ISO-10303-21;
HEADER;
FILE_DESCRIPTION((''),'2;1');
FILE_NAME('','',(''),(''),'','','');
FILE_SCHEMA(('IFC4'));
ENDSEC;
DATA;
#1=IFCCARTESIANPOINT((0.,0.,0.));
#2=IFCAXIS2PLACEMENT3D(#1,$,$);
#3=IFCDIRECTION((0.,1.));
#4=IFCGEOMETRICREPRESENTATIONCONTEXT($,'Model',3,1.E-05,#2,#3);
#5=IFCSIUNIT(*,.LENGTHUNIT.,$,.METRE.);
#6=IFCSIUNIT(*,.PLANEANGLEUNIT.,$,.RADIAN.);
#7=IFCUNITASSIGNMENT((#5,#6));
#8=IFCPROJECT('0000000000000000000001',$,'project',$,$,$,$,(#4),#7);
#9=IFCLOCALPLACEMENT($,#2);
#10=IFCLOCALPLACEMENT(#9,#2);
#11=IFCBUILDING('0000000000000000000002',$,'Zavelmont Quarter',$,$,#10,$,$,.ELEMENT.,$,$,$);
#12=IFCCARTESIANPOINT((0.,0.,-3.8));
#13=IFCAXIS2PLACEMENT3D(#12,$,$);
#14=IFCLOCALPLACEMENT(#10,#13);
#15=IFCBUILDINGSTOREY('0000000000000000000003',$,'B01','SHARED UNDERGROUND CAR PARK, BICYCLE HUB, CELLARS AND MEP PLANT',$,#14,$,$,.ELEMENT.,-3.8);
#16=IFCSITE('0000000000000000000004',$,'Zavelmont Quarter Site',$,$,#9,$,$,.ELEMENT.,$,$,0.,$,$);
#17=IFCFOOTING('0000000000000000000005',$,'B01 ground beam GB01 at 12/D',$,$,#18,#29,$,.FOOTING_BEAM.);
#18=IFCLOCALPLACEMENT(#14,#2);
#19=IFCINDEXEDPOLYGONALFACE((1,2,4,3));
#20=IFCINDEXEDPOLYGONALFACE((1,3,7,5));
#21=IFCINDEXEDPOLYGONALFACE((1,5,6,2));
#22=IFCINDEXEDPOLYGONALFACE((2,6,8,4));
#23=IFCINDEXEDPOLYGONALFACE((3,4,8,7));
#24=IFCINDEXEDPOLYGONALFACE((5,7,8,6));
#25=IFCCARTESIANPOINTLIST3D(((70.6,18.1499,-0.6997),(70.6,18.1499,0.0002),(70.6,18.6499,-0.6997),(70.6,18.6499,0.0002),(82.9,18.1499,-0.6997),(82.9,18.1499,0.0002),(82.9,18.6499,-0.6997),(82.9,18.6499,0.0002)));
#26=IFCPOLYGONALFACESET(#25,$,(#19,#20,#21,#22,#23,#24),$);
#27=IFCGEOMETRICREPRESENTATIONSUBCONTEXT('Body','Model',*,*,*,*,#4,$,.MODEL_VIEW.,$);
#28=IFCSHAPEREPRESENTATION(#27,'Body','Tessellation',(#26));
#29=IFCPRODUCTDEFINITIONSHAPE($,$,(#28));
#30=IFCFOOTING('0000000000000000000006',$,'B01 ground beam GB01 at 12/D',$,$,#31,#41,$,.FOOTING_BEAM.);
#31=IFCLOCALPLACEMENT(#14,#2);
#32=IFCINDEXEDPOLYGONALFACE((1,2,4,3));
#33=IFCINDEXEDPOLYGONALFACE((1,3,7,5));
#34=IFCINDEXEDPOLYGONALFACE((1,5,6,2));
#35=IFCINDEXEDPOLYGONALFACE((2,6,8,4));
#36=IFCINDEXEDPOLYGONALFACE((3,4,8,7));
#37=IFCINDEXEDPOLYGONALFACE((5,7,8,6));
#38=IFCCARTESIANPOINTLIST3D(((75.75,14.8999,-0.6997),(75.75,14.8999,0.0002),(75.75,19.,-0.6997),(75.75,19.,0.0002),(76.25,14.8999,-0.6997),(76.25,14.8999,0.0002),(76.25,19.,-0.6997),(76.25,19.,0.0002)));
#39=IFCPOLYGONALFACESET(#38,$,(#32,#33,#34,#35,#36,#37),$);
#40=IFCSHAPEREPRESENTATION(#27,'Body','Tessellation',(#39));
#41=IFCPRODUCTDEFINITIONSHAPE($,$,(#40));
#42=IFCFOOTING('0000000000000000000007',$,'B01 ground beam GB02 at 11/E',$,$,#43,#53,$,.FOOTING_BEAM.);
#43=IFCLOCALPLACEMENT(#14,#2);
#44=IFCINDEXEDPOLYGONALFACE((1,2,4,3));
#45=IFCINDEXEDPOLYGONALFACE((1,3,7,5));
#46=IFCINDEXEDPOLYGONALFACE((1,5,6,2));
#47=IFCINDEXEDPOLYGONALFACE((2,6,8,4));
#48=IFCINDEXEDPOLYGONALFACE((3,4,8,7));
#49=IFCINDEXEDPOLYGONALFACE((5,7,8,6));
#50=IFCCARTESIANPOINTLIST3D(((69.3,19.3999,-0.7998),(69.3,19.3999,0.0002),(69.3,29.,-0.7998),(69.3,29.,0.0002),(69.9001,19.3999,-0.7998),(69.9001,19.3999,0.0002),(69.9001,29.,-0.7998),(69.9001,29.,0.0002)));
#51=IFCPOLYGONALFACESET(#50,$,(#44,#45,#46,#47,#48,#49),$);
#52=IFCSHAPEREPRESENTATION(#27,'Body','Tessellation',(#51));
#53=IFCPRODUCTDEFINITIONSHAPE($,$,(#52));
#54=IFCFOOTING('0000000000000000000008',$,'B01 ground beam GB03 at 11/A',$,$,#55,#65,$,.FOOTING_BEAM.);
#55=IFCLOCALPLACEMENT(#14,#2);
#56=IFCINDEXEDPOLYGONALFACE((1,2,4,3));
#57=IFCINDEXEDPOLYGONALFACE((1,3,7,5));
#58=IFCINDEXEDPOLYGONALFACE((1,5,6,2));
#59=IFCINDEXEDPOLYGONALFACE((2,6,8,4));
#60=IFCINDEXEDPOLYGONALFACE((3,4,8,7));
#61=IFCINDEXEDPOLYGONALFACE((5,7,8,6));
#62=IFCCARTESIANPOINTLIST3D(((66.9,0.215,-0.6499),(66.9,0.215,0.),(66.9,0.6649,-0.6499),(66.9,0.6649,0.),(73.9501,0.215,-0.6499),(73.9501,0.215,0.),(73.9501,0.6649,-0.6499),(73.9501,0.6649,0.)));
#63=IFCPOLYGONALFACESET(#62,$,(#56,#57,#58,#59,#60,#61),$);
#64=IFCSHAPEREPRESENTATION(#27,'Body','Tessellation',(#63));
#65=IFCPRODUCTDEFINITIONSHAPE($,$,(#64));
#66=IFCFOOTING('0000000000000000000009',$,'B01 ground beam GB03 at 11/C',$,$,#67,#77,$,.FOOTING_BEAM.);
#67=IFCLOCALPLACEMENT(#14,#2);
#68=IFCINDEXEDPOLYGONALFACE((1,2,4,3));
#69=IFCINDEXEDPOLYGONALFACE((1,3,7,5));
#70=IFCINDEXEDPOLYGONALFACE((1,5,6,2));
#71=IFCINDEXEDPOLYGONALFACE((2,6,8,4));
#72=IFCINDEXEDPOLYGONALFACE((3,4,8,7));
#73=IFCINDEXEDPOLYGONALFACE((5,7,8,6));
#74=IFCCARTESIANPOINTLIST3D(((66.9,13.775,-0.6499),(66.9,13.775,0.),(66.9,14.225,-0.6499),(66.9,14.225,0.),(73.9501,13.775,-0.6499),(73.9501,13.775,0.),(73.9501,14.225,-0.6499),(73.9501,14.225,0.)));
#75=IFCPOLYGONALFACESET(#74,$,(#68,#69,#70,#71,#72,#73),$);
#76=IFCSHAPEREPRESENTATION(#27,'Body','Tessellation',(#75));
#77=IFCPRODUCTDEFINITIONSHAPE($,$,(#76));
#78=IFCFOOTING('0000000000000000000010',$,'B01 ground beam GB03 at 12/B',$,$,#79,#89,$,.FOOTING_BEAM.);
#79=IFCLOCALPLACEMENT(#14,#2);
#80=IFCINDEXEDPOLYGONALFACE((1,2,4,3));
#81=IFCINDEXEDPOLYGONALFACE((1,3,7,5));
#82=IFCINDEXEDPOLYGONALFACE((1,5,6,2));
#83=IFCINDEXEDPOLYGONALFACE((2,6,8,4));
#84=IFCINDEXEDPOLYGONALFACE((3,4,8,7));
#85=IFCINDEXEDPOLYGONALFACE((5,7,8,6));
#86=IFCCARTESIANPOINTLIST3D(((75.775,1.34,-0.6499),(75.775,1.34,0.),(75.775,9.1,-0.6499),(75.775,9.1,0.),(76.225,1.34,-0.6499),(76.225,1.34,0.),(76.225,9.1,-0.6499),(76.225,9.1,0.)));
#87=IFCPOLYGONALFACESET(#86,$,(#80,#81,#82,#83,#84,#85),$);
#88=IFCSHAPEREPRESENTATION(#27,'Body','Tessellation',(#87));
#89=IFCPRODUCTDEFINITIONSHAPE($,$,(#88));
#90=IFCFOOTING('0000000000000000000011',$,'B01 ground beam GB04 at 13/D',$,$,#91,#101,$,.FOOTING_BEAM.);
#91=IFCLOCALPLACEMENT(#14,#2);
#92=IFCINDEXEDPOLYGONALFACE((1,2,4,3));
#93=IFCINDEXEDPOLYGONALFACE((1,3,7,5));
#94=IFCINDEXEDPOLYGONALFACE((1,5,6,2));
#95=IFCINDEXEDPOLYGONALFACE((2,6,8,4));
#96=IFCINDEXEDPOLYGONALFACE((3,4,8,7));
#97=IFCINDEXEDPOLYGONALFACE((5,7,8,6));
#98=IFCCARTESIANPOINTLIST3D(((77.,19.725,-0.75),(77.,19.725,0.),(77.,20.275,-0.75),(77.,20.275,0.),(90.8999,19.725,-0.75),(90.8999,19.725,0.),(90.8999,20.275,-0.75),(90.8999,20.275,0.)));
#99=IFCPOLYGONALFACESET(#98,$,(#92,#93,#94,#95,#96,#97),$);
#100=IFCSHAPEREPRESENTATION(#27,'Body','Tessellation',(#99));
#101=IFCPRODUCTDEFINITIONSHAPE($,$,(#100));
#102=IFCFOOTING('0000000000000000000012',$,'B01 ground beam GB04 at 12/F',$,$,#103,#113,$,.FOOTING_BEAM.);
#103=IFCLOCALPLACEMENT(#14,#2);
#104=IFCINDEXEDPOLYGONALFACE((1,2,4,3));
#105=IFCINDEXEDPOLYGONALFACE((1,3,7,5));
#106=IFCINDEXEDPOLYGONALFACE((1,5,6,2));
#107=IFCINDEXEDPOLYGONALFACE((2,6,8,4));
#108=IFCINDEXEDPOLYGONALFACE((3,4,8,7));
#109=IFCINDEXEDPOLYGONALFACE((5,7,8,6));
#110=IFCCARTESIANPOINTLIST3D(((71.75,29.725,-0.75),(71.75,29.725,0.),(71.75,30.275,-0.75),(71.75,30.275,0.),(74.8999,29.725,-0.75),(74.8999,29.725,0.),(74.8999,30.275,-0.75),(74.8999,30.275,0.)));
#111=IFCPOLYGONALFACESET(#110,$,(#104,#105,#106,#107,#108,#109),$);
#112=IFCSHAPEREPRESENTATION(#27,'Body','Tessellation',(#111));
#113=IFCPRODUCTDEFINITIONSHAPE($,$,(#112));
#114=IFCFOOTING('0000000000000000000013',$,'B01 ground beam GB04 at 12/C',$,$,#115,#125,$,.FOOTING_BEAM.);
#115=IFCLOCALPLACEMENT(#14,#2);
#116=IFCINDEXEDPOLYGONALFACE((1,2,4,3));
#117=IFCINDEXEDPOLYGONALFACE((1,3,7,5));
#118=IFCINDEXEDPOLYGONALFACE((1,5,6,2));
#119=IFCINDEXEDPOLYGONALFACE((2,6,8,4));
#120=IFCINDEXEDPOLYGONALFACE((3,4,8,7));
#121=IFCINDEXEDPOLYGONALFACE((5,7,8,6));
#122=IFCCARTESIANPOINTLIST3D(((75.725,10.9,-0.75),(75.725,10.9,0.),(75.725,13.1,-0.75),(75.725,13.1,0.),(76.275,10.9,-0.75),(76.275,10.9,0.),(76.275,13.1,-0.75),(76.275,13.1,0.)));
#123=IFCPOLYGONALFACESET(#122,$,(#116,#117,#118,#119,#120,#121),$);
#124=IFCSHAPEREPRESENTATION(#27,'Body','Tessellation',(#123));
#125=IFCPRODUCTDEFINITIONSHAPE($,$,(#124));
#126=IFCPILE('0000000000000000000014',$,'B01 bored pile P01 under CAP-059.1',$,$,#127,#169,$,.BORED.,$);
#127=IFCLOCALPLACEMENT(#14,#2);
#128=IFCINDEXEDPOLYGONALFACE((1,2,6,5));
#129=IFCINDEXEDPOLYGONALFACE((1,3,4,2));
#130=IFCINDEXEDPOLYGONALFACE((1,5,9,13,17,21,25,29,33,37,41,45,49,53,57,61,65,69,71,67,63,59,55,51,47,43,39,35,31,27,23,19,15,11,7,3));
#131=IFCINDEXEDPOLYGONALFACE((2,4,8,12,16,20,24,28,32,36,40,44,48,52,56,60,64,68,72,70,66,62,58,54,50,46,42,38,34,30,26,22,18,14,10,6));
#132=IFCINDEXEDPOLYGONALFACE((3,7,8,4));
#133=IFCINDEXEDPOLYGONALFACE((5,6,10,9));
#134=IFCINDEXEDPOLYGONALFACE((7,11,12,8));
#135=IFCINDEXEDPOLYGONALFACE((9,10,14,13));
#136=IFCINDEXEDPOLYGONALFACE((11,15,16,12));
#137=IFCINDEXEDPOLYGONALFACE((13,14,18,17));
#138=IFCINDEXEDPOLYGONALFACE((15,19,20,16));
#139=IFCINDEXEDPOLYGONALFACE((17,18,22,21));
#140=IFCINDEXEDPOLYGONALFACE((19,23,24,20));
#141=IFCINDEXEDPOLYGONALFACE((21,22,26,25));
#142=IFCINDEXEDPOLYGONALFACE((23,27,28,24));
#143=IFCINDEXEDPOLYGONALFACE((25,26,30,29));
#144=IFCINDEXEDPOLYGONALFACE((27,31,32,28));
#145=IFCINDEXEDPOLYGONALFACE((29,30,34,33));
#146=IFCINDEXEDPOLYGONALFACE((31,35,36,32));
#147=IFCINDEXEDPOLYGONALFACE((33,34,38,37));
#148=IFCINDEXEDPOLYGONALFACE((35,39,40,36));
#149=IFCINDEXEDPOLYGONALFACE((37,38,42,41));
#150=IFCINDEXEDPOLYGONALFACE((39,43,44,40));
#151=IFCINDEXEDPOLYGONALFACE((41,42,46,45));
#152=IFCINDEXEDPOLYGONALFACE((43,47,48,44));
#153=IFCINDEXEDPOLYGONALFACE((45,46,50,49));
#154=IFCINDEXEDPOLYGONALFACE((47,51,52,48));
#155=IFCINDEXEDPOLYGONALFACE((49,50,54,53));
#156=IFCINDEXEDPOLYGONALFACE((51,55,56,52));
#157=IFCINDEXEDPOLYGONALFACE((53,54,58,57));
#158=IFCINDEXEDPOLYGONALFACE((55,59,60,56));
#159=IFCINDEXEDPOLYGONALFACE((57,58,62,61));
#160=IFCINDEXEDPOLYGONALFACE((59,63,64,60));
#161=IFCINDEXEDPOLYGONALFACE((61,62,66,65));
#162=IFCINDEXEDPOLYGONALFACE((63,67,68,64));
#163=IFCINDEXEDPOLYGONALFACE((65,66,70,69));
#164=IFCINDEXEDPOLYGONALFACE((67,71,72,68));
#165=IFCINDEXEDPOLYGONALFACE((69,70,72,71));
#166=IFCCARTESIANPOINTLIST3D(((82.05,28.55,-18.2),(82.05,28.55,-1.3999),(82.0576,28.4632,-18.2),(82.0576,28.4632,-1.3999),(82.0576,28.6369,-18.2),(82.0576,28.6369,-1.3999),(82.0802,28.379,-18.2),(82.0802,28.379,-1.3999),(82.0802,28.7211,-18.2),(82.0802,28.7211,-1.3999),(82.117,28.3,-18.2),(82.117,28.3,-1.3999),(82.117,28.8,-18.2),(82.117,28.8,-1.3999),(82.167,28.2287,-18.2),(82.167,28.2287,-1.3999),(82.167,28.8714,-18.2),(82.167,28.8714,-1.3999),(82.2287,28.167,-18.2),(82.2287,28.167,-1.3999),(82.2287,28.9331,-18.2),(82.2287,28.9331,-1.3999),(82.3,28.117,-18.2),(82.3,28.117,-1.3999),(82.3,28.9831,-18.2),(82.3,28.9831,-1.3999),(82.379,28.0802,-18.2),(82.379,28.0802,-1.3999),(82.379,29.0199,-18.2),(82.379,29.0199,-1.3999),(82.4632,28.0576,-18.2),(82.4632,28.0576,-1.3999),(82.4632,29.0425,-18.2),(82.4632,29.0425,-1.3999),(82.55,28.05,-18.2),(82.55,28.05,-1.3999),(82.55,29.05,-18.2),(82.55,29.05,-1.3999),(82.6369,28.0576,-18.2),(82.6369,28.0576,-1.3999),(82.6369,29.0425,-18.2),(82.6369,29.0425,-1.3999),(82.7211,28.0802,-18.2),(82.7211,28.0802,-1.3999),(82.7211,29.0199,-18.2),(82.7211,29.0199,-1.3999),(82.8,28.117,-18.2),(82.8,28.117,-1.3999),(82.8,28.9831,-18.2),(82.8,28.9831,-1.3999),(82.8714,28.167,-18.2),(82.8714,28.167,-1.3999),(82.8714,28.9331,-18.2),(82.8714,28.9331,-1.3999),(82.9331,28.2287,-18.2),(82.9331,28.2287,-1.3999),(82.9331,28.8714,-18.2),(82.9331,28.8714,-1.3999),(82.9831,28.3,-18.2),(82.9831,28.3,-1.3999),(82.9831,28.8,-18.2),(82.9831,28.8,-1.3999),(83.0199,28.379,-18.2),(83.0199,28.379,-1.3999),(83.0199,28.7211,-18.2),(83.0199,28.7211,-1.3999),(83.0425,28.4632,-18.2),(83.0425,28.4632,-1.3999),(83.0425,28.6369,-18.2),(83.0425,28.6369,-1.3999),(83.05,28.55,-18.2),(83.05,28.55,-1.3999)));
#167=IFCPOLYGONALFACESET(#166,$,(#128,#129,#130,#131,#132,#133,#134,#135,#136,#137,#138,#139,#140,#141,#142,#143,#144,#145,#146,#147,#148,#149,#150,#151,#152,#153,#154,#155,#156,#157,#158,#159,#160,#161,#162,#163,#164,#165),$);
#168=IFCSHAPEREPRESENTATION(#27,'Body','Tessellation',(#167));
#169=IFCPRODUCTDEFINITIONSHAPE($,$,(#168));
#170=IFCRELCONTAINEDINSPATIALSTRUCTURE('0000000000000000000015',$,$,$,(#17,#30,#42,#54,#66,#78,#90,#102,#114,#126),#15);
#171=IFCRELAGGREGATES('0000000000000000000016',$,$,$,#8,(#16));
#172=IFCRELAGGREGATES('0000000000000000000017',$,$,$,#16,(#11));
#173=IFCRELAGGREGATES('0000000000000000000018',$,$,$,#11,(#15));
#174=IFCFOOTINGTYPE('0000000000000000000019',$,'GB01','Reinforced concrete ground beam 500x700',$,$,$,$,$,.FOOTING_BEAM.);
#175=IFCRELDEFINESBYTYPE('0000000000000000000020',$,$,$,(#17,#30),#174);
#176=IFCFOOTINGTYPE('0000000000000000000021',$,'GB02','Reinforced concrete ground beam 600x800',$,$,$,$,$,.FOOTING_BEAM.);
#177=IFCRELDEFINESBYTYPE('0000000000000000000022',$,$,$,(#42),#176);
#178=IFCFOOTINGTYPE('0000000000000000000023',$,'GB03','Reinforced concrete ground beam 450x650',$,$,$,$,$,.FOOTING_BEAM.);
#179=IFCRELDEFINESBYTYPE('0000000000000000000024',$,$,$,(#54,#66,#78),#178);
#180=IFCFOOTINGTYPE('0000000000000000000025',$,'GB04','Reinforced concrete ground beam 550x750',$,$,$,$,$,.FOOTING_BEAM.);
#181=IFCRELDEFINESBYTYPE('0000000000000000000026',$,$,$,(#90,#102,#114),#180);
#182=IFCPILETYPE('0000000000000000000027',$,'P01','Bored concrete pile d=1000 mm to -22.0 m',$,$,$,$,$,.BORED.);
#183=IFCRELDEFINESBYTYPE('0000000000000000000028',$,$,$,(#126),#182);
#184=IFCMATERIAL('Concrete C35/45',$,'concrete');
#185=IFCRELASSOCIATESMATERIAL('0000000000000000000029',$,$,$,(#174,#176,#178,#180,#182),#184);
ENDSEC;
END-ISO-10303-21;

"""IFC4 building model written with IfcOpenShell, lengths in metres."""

from ifc_helpers import new_model, si_unit, direction, frame, origin, origin_2d, place, context, subcontext, project, spatial, rectangle, circle, extrude, material, material_profile, profile_set, type_object, element, save


model = new_model("IFC4")

# Units and contexts
model_context = context("Model", 3, precision=1e-05, world=origin(), true_north=direction((0.0, 1.0)))
body_context = subcontext(model_context, "Body", "Model", "MODEL_VIEW")
ifc_project = project(units=[si_unit("LENGTHUNIT", "METRE"), si_unit("PLANEANGLEUNIT", "RADIAN")], contexts=[model_context])

# Site, building, storey
site_placement = place(None, origin())
site = spatial("IfcSite", under=ifc_project, at=site_placement, Name="Zavelmont Quarter Site", CompositionType="ELEMENT", RefElevation=0.0)
building_placement = place(site_placement, origin())
building = spatial("IfcBuilding", under=site, at=building_placement, Name="Zavelmont Quarter", CompositionType="ELEMENT")
storey_placement = place(building_placement, frame((0.0, 0.0, -3.8)))
storey = spatial("IfcBuildingStorey", under=building, at=storey_placement, Name="B01", Description="SHARED UNDERGROUND CAR PARK, BICYCLE HUB, CELLARS AND MEP PLANT", CompositionType="ELEMENT", Elevation=-3.8)

# Footings
ifc_material_1 = material(Name="Concrete C35/45", Category="concrete")
footing_type_1 = type_object("IfcFootingType", Name="GB01", Description="Reinforced concrete ground beam 500x700", PredefinedType="FOOTING_BEAM", material=ifc_material_1)
footing_1_placement = place(storey_placement, frame((76.75, 18.3999, -0.6997), z_axis=(0.0, 0.0, 1.0), x_axis=(1.0, 0.0, 0.0)))
element("IfcFooting", 1, at=footing_1_placement, inside=storey, type_object=footing_type_1, Name="B01 ground beam GB01 at 12/D", PredefinedType="FOOTING_BEAM", context=body_context, shape_type="SweptSolid", body=[
    extrude(rectangle(XDim=12.3, YDim=0.5, at=origin_2d()), origin(), (0.0, 0.0, 1.0), 0.7),
])
footing_2_placement = place(storey_placement, frame((76.0, 16.95, -0.6997), z_axis=(0.0, 0.0, 1.0), x_axis=(0.0, 1.0, 0.0)))
element("IfcFooting", 2, at=footing_2_placement, inside=storey, type_object=footing_type_1, Name="B01 ground beam GB01 at 12/D", PredefinedType="FOOTING_BEAM", context=body_context, shape_type="SweptSolid", body=[
    extrude(rectangle(XDim=4.1001, YDim=0.5, at=origin_2d()), origin(), (0.0, 0.0, 1.0), 0.7),
])
footing_type_2 = type_object("IfcFootingType", Name="GB02", Description="Reinforced concrete ground beam 600x800", PredefinedType="FOOTING_BEAM", material=ifc_material_1)
footing_3_placement = place(storey_placement, frame((69.6001, 24.2, -0.7998), z_axis=(0.0, 0.0, 1.0), x_axis=(0.0, 1.0, 0.0)))
element("IfcFooting", 3, at=footing_3_placement, inside=storey, type_object=footing_type_2, Name="B01 ground beam GB02 at 11/E", PredefinedType="FOOTING_BEAM", context=body_context, shape_type="SweptSolid", body=[
    extrude(rectangle(XDim=9.6001, YDim=0.6001, at=origin_2d()), origin(), (0.0, 0.0, 1.0), 0.8),
])
footing_type_3 = type_object("IfcFootingType", Name="GB03", Description="Reinforced concrete ground beam 450x650", PredefinedType="FOOTING_BEAM", material=ifc_material_1)
for number, where, z_axis, x_axis, name in (
    (4, (70.425, 0.4399, -0.6499), (0.0, 0.0, 1.0), (1.0, 0.0, 0.0), "B01 ground beam GB03 at 11/A"),
    (5, (70.425, 14.0, -0.6499), (0.0, 0.0, 1.0), (1.0, 0.0, 0.0), "B01 ground beam GB03 at 11/C"),
):
    element("IfcFooting", number, at=place(storey_placement, frame(where, z_axis=z_axis, x_axis=x_axis)), inside=storey, type_object=footing_type_3, Name=name, PredefinedType="FOOTING_BEAM", context=body_context, shape_type="SweptSolid", body=[
        extrude(rectangle(XDim=7.05, YDim=0.45, at=origin_2d()), origin(), (0.0, 0.0, 1.0), 0.6499),
    ])
footing_4_placement = place(storey_placement, frame((76.0, 5.22, -0.6499), z_axis=(0.0, 0.0, 1.0), x_axis=(0.0, 1.0, 0.0)))
element("IfcFooting", 6, at=footing_4_placement, inside=storey, type_object=footing_type_3, Name="B01 ground beam GB03 at 12/B", PredefinedType="FOOTING_BEAM", context=body_context, shape_type="SweptSolid", body=[
    extrude(rectangle(XDim=7.76, YDim=0.45, at=origin_2d()), origin(), (0.0, 0.0, 1.0), 0.6499),
])
footing_type_4 = type_object("IfcFootingType", Name="GB04", Description="Reinforced concrete ground beam 550x750", PredefinedType="FOOTING_BEAM", material=ifc_material_1)
footing_5_placement = place(storey_placement, frame((83.95, 20.0, -0.75), z_axis=(0.0, 0.0, 1.0), x_axis=(1.0, 0.0, 0.0)))
element("IfcFooting", 7, at=footing_5_placement, inside=storey, type_object=footing_type_4, Name="B01 ground beam GB04 at 13/D", PredefinedType="FOOTING_BEAM", context=body_context, shape_type="SweptSolid", body=[
    extrude(rectangle(XDim=13.8999, YDim=0.55, at=origin_2d()), origin(), (0.0, 0.0, 1.0), 0.75),
])
footing_6_placement = place(storey_placement, frame((73.325, 30.0, -0.75), z_axis=(0.0, 0.0, 1.0), x_axis=(1.0, 0.0, 0.0)))
element("IfcFooting", 8, at=footing_6_placement, inside=storey, type_object=footing_type_4, Name="B01 ground beam GB04 at 12/F", PredefinedType="FOOTING_BEAM", context=body_context, shape_type="SweptSolid", body=[
    extrude(rectangle(XDim=3.1499, YDim=0.55, at=origin_2d()), origin(), (0.0, 0.0, 1.0), 0.75),
])
footing_7_placement = place(storey_placement, frame((76.0, 12.0, -0.75), z_axis=(0.0, 0.0, 1.0), x_axis=(0.0, 1.0, 0.0)))
element("IfcFooting", 9, at=footing_7_placement, inside=storey, type_object=footing_type_4, Name="B01 ground beam GB04 at 12/C", PredefinedType="FOOTING_BEAM", context=body_context, shape_type="SweptSolid", body=[
    extrude(rectangle(XDim=2.2, YDim=0.55, at=origin_2d()), origin(), (0.0, 0.0, 1.0), 0.75),
])

# Pile
ifc_material_profile_1 = material_profile(ifc_material_1, circle(Radius=0.5, at=origin_2d()), Name="BP1000")
ifc_profile_set_1 = profile_set([ifc_material_profile_1], Name="Concrete C35/45")
pile_type_1 = type_object("IfcPileType", Name="P01", Description="Bored concrete pile d=1000 mm to -22.0 m", PredefinedType="BORED", material=ifc_profile_set_1)
pile_placement = place(storey_placement, frame((82.55, 28.55, -1.3999), z_axis=(0.0, 0.0, -1.0), x_axis=(1.0, 0.0, 0.0)))
element("IfcPile", 10, at=pile_placement, inside=storey, type_object=pile_type_1, Name="B01 bored pile P01 under CAP-059.1", PredefinedType="BORED", context=body_context, shape_type="SweptSolid", body=[
    extrude(circle(Radius=0.5, at=origin_2d()), origin(), (0.0, 0.0, 1.0), 16.8),
])

save(model, "model.ifc")
